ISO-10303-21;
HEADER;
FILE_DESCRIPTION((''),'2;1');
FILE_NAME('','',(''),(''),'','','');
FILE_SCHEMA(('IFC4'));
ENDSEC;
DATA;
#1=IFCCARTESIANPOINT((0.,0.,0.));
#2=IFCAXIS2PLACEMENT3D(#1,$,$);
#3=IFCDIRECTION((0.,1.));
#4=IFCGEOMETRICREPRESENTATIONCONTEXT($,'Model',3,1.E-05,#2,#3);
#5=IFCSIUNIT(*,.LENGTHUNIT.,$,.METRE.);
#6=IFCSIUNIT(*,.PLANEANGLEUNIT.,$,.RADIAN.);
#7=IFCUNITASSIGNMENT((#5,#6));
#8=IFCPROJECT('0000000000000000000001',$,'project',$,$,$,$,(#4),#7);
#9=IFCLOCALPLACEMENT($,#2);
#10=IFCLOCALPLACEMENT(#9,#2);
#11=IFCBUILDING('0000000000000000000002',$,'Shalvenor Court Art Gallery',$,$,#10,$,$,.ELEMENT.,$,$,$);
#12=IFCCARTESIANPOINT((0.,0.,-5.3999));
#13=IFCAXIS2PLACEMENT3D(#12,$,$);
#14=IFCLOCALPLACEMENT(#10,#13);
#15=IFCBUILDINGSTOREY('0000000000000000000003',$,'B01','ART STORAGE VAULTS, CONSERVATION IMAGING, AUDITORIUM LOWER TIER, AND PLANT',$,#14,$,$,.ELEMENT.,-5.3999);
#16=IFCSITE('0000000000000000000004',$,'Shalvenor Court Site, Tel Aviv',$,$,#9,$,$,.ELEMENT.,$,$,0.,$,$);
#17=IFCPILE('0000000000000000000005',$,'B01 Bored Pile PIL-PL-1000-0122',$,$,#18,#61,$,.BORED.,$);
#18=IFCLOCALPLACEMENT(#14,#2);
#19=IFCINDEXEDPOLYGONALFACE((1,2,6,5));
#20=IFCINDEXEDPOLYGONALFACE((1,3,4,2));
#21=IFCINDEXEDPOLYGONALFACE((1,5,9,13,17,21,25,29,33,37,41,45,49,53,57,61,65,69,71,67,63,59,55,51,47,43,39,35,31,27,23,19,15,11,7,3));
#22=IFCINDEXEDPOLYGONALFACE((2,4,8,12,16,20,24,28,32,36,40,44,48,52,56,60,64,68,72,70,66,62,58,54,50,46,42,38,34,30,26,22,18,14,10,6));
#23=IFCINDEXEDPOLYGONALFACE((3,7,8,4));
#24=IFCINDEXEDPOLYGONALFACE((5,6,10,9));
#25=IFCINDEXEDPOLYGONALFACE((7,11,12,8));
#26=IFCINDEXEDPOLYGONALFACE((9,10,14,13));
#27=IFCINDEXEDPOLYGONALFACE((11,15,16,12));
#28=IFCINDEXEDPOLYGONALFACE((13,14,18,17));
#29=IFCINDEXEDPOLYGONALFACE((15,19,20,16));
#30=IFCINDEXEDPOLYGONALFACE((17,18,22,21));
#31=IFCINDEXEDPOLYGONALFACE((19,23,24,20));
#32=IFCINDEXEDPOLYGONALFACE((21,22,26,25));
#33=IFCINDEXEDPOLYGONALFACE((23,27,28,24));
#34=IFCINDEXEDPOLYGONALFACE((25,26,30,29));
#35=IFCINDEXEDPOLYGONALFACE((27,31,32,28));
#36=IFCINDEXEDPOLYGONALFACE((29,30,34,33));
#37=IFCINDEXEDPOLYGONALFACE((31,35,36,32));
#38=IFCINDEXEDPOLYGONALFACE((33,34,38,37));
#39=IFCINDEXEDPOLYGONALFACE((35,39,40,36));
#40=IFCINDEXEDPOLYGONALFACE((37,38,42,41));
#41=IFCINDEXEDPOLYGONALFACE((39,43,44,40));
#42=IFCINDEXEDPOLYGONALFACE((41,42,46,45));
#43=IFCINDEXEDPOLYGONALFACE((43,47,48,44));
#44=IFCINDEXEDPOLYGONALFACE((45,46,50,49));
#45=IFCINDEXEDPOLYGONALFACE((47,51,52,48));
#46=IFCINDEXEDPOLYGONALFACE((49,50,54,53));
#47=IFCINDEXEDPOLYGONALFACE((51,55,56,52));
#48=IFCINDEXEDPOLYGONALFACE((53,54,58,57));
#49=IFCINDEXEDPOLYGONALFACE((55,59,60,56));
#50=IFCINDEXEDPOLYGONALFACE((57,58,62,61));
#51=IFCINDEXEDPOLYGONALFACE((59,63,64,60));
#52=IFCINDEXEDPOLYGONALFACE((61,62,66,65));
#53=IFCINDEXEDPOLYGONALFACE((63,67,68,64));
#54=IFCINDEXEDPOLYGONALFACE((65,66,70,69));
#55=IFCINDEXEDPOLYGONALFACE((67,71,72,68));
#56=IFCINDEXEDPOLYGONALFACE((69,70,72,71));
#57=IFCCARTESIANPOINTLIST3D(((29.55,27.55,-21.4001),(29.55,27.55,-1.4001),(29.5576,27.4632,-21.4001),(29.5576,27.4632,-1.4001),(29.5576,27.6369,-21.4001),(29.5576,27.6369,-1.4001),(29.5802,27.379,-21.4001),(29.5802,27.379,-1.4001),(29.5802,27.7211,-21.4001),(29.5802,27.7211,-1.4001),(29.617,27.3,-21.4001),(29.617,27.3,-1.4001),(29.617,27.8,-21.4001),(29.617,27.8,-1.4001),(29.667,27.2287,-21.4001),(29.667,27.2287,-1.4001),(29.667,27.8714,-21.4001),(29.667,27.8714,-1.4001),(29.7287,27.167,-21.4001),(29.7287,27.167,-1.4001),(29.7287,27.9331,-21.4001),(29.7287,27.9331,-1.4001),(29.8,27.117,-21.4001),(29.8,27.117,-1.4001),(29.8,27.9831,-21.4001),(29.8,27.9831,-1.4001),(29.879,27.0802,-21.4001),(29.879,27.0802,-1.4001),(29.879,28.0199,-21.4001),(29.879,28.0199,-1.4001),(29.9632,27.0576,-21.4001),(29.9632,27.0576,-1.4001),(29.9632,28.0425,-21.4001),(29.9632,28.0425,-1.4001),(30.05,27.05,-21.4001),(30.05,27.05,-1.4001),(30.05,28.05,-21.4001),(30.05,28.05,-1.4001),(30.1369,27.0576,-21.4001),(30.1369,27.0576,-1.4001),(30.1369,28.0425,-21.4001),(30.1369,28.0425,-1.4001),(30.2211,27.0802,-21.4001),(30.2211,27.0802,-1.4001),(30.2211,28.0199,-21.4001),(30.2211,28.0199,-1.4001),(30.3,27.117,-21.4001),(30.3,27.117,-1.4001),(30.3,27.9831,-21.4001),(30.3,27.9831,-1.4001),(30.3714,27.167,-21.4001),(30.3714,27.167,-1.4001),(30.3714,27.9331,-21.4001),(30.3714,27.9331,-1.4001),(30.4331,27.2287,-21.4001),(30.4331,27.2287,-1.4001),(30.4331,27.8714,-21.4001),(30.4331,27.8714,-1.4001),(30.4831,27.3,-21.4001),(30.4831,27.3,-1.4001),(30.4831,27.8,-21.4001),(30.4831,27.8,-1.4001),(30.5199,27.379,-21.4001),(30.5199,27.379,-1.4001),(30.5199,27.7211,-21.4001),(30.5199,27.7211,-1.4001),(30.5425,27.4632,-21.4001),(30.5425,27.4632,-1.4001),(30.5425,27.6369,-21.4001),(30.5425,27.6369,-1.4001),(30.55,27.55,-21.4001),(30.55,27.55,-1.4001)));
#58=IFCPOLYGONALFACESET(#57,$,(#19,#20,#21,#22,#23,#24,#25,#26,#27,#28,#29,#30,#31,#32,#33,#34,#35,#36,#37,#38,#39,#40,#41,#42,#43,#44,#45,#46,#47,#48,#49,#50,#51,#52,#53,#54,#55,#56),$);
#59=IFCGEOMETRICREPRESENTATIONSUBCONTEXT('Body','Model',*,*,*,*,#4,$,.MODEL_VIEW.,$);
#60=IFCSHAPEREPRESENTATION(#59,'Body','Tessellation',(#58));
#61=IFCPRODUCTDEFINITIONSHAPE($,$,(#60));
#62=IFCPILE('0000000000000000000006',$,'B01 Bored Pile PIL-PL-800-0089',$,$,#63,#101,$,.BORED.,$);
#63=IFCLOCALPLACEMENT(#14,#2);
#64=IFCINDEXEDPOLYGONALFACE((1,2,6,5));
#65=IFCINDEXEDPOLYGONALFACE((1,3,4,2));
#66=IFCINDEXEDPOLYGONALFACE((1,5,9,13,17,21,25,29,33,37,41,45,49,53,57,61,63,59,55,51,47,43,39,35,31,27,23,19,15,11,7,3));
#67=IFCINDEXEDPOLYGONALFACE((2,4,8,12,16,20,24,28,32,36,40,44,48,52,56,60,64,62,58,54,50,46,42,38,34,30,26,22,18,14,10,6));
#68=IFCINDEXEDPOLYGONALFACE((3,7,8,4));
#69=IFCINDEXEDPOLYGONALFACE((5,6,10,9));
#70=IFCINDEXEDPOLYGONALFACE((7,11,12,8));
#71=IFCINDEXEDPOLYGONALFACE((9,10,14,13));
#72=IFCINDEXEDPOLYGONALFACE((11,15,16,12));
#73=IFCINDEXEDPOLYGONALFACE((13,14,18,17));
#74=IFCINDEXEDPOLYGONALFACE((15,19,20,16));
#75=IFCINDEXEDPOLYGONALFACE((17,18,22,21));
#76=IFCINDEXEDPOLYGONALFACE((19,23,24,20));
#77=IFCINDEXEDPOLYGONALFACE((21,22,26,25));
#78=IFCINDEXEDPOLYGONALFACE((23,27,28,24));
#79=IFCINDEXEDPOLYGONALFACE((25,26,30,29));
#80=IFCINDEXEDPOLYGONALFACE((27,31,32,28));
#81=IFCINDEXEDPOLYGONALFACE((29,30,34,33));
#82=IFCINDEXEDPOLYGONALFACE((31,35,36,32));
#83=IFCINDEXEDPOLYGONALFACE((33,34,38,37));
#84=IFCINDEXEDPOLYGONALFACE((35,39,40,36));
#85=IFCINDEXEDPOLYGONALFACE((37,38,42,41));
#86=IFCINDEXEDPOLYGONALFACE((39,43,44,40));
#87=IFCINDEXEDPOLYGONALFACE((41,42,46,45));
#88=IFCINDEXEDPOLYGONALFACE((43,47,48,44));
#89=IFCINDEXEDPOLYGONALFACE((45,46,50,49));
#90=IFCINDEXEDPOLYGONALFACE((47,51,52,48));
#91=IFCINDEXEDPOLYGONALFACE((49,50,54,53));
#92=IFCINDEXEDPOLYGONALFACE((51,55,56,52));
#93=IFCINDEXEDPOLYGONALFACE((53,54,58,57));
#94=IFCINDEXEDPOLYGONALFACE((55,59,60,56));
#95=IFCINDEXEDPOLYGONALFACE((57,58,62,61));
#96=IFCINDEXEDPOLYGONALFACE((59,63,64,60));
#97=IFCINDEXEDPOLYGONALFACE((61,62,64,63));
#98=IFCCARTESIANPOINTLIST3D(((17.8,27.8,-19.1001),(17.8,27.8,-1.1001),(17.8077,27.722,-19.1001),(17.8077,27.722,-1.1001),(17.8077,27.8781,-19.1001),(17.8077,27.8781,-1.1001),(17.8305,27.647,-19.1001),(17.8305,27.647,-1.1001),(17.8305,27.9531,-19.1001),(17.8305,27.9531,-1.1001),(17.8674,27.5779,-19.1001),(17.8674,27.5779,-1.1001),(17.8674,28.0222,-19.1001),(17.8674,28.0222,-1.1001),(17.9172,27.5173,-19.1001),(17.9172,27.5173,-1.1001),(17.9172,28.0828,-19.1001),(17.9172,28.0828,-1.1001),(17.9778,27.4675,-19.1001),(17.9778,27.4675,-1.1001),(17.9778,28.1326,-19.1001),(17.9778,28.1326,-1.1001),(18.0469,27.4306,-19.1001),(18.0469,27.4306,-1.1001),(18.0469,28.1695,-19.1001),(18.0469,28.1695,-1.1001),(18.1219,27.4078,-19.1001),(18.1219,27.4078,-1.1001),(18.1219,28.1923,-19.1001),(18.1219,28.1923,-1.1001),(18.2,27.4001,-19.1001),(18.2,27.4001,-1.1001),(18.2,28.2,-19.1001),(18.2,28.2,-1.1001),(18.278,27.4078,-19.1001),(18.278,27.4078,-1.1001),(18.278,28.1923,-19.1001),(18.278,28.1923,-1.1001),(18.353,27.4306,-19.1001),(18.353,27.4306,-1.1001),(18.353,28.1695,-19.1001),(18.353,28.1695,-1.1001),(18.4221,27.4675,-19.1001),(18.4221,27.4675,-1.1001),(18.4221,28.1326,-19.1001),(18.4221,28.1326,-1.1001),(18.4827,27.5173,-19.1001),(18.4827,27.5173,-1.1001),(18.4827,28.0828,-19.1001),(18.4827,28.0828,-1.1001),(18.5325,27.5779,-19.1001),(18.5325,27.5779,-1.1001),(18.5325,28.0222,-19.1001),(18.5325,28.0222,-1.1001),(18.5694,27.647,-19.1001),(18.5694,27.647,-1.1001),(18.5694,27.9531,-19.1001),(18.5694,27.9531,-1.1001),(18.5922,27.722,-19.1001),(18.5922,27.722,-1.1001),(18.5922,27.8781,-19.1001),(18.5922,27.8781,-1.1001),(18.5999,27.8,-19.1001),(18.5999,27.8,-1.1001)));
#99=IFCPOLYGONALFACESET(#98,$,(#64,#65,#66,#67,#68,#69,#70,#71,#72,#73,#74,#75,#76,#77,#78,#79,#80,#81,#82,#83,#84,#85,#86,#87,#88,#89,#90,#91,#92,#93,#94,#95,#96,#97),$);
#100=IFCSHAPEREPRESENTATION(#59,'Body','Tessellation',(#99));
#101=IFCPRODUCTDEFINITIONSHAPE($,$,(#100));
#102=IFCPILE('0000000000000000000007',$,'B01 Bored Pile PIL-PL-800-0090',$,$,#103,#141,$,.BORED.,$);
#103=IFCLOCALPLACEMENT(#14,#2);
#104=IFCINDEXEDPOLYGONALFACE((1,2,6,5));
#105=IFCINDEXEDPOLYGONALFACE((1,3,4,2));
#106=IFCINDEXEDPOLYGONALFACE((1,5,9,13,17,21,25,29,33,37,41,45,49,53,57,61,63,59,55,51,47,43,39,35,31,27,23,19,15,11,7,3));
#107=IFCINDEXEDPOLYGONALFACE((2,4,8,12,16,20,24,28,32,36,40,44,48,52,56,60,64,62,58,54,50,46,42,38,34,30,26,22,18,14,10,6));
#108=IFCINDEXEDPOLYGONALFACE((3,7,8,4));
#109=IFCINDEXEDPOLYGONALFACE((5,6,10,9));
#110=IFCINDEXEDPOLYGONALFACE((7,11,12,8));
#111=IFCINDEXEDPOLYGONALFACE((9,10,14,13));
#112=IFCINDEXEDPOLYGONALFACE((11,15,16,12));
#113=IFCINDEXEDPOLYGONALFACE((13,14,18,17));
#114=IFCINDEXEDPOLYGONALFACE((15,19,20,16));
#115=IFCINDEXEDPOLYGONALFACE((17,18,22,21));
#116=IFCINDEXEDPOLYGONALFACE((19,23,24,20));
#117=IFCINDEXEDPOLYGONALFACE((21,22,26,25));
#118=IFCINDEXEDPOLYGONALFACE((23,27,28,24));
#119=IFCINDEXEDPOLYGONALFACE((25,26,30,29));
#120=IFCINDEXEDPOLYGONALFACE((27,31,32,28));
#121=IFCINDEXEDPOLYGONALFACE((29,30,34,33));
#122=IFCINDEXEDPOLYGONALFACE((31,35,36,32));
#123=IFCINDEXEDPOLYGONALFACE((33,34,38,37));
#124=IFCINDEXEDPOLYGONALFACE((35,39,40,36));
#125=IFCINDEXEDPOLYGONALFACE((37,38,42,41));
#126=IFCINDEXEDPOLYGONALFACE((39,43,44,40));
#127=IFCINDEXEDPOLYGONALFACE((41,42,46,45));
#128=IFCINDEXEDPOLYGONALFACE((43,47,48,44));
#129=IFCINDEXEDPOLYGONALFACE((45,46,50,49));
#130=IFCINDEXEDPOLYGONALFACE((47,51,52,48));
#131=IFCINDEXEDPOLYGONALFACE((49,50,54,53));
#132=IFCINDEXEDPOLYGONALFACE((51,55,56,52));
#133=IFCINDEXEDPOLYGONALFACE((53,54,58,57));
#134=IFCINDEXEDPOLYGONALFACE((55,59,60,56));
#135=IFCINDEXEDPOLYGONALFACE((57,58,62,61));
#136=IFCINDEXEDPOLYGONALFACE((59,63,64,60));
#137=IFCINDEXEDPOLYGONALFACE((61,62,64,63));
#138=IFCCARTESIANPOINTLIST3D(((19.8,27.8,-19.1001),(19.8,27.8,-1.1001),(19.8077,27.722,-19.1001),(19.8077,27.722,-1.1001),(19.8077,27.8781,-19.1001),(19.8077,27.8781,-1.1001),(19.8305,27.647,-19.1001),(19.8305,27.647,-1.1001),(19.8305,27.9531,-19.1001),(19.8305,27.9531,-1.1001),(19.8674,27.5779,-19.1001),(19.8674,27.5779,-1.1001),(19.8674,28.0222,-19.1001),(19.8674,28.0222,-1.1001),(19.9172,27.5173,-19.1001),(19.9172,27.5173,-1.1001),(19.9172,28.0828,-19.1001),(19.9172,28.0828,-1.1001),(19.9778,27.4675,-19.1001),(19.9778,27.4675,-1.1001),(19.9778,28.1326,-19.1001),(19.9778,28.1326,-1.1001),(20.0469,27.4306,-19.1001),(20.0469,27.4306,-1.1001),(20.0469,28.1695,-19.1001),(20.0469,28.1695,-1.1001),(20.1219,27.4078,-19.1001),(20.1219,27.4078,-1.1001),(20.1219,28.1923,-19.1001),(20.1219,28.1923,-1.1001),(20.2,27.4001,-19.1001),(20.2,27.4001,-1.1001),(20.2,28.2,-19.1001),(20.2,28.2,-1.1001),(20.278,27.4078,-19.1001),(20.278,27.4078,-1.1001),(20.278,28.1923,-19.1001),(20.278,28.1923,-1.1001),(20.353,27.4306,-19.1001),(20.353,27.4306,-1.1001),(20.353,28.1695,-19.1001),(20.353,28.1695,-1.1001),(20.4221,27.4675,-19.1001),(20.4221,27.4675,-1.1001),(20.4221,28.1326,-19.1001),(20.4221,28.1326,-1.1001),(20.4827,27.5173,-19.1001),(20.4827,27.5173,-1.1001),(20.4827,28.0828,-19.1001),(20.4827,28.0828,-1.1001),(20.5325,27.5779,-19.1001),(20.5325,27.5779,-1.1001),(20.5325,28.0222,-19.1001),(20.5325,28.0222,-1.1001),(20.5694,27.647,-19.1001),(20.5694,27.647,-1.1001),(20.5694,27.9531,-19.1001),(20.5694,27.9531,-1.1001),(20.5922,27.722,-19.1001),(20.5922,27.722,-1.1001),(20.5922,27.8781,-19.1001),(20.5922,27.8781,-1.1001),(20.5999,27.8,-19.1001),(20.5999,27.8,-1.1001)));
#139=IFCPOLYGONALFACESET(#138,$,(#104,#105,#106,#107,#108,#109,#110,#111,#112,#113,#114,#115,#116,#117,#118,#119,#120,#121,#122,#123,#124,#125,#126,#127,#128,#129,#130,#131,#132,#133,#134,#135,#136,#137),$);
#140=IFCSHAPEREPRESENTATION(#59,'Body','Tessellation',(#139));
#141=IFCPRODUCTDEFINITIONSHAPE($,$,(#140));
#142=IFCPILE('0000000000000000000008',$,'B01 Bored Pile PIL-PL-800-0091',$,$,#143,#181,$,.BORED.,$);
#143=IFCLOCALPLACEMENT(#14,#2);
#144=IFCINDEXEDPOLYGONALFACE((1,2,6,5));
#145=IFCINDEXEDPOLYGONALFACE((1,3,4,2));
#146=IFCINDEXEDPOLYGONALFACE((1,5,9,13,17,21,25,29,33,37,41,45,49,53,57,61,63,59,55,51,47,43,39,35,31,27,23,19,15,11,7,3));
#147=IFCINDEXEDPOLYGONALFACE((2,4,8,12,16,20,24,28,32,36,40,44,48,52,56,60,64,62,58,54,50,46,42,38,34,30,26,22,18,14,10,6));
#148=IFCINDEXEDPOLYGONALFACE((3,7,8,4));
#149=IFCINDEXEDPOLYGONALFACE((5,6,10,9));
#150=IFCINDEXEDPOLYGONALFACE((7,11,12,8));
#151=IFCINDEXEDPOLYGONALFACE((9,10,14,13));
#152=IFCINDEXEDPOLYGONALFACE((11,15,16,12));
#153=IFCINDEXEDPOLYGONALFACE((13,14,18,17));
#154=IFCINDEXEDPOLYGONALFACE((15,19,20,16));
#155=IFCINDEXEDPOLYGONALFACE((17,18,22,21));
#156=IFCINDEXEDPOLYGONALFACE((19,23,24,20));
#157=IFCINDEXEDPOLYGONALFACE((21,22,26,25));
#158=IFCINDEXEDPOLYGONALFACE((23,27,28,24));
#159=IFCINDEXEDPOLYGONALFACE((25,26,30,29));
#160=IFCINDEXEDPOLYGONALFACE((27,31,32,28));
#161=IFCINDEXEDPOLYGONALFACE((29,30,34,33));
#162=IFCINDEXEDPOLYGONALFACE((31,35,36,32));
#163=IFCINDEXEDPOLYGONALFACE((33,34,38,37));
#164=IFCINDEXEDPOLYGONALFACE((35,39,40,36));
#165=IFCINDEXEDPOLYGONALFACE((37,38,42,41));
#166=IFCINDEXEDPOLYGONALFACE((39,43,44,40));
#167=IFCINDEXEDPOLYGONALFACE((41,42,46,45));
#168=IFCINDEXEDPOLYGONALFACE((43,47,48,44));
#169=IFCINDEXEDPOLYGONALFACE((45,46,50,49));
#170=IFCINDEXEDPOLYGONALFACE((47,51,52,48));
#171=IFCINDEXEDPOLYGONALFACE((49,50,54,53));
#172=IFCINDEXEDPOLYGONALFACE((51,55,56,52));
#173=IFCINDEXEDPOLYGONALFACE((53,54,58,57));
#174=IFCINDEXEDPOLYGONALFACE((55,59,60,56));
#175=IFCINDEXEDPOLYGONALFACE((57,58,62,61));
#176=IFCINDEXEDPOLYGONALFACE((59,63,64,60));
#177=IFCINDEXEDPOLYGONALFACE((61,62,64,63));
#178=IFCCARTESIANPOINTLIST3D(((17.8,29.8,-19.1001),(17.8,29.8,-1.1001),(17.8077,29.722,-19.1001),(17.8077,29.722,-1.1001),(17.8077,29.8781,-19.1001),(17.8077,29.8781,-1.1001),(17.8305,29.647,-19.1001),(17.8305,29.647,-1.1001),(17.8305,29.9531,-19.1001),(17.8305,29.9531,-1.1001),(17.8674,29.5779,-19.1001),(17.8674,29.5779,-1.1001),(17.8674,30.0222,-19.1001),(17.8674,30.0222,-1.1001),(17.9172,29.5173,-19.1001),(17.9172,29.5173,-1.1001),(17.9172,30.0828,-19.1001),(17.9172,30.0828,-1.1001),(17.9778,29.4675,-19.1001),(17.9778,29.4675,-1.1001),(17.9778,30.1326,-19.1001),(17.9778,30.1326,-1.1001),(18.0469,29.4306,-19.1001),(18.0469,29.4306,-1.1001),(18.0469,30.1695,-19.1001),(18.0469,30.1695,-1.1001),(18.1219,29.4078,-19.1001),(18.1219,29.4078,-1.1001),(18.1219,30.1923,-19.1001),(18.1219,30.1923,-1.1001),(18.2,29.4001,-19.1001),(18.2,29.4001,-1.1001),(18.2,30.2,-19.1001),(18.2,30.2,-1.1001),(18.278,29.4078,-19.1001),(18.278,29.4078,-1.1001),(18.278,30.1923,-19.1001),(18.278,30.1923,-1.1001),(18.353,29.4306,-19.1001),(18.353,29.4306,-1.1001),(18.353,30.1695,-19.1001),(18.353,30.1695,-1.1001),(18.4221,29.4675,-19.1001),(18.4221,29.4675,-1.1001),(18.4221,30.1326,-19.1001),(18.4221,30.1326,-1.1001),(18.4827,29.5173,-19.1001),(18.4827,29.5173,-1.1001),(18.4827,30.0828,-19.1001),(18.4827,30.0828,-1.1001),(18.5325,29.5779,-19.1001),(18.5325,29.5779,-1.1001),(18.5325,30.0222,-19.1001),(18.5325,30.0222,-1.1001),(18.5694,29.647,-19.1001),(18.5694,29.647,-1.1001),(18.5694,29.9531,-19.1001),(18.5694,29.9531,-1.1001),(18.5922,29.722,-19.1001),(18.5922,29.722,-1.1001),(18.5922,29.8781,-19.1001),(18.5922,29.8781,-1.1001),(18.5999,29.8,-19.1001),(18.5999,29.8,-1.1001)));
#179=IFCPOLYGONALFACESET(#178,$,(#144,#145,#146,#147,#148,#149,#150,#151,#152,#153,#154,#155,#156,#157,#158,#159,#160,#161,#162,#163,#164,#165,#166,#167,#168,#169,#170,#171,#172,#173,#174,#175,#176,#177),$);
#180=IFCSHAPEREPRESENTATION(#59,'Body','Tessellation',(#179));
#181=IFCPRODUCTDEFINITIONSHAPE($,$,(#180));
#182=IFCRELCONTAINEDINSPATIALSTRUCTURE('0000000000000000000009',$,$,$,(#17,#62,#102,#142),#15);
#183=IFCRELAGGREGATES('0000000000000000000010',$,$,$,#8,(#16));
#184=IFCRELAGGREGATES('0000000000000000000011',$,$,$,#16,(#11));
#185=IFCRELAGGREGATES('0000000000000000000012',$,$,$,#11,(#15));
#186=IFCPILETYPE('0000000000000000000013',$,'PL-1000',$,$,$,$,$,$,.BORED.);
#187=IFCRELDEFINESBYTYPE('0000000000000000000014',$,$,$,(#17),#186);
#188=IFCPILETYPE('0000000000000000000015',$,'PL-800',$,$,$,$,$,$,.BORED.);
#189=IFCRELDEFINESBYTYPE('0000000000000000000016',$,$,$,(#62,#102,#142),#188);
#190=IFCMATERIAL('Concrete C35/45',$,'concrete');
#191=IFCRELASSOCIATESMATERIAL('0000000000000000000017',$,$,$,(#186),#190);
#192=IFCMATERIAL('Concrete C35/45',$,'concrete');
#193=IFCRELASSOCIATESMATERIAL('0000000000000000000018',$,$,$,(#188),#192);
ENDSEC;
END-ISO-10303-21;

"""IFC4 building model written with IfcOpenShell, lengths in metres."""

from ifc_helpers import new_model, si_unit, direction, frame, origin, origin_2d, place, context, subcontext, project, spatial, circle, extrude, material, material_profile, profile_set, type_object, element, save


model = new_model("IFC4")

# Units and contexts
model_context = context("Model", 3, precision=1e-05, world=origin(), true_north=direction((0.0, 1.0)))
body_context = subcontext(model_context, "Body", "Model", "MODEL_VIEW")
ifc_project = project(units=[si_unit("LENGTHUNIT", "METRE"), si_unit("PLANEANGLEUNIT", "RADIAN")], contexts=[model_context])

# Site, building, storey
site_placement = place(None, origin())
site = spatial("IfcSite", under=ifc_project, at=site_placement, Name="Shalvenor Court Site, Tel Aviv", CompositionType="ELEMENT", RefElevation=0.0)
building_placement = place(site_placement, origin())
building = spatial("IfcBuilding", under=site, at=building_placement, Name="Shalvenor Court Art Gallery", CompositionType="ELEMENT")
storey_placement = place(building_placement, frame((0.0, 0.0, -5.3999)))
storey = spatial("IfcBuildingStorey", under=building, at=storey_placement, Name="B01", Description="ART STORAGE VAULTS, CONSERVATION IMAGING, AUDITORIUM LOWER TIER, AND PLANT", CompositionType="ELEMENT", Elevation=-5.3999)

# Piles
ifc_material_1 = material(Name="Concrete C35/45", Category="concrete")
ifc_material_profile_1 = material_profile(ifc_material_1, circle(Radius=0.5, at=origin_2d()), Name="PILE 1000")
ifc_profile_set_1 = profile_set([ifc_material_profile_1], Name="Concrete C35/45")
pile_type_1 = type_object("IfcPileType", Name="PL-1000", PredefinedType="BORED", material=ifc_profile_set_1)
for number, where, z_axis, x_axis, name in (
    (1, (30.05, 27.55, -1.4001), (0.0, 0.0, -1.0), (1.0, 0.0, 0.0), "B01 Bored Pile PIL-PL-1000-0122"),
):
    element("IfcPile", number, at=place(storey_placement, frame(where, z_axis=z_axis, x_axis=x_axis)), inside=storey, type_object=pile_type_1, Name=name, PredefinedType="BORED", context=body_context, shape_type="SweptSolid", body=[
        extrude(circle(Radius=0.5, at=origin_2d()), origin(), (0.0, 0.0, 1.0), 20.0),
    ])
ifc_material_2 = material(Name="Concrete C35/45", Category="concrete")
ifc_material_profile_2 = material_profile(ifc_material_2, circle(Radius=0.3999, at=origin_2d()), Name="PILE 800")
ifc_profile_set_2 = profile_set([ifc_material_profile_2], Name="Concrete C35/45")
pile_type_2 = type_object("IfcPileType", Name="PL-800", PredefinedType="BORED", material=ifc_profile_set_2)
for number, where, z_axis, x_axis, name in (
    (2, (18.2, 27.8, -1.1001), (0.0, 0.0, -1.0), (1.0, 0.0, 0.0), "B01 Bored Pile PIL-PL-800-0089"),
    (3, (20.2, 27.8, -1.1001), (0.0, 0.0, -1.0), (1.0, 0.0, 0.0), "B01 Bored Pile PIL-PL-800-0090"),
    (4, (18.2, 29.8, -1.1001), (0.0, 0.0, -1.0), (1.0, 0.0, 0.0), "B01 Bored Pile PIL-PL-800-0091"),
):
    element("IfcPile", number, at=place(storey_placement, frame(where, z_axis=z_axis, x_axis=x_axis)), inside=storey, type_object=pile_type_2, Name=name, PredefinedType="BORED", context=body_context, shape_type="SweptSolid", body=[
        extrude(circle(Radius=0.3999, at=origin_2d()), origin(), (0.0, 0.0, 1.0), 18.0),
    ])

save(model, "model.ifc")
